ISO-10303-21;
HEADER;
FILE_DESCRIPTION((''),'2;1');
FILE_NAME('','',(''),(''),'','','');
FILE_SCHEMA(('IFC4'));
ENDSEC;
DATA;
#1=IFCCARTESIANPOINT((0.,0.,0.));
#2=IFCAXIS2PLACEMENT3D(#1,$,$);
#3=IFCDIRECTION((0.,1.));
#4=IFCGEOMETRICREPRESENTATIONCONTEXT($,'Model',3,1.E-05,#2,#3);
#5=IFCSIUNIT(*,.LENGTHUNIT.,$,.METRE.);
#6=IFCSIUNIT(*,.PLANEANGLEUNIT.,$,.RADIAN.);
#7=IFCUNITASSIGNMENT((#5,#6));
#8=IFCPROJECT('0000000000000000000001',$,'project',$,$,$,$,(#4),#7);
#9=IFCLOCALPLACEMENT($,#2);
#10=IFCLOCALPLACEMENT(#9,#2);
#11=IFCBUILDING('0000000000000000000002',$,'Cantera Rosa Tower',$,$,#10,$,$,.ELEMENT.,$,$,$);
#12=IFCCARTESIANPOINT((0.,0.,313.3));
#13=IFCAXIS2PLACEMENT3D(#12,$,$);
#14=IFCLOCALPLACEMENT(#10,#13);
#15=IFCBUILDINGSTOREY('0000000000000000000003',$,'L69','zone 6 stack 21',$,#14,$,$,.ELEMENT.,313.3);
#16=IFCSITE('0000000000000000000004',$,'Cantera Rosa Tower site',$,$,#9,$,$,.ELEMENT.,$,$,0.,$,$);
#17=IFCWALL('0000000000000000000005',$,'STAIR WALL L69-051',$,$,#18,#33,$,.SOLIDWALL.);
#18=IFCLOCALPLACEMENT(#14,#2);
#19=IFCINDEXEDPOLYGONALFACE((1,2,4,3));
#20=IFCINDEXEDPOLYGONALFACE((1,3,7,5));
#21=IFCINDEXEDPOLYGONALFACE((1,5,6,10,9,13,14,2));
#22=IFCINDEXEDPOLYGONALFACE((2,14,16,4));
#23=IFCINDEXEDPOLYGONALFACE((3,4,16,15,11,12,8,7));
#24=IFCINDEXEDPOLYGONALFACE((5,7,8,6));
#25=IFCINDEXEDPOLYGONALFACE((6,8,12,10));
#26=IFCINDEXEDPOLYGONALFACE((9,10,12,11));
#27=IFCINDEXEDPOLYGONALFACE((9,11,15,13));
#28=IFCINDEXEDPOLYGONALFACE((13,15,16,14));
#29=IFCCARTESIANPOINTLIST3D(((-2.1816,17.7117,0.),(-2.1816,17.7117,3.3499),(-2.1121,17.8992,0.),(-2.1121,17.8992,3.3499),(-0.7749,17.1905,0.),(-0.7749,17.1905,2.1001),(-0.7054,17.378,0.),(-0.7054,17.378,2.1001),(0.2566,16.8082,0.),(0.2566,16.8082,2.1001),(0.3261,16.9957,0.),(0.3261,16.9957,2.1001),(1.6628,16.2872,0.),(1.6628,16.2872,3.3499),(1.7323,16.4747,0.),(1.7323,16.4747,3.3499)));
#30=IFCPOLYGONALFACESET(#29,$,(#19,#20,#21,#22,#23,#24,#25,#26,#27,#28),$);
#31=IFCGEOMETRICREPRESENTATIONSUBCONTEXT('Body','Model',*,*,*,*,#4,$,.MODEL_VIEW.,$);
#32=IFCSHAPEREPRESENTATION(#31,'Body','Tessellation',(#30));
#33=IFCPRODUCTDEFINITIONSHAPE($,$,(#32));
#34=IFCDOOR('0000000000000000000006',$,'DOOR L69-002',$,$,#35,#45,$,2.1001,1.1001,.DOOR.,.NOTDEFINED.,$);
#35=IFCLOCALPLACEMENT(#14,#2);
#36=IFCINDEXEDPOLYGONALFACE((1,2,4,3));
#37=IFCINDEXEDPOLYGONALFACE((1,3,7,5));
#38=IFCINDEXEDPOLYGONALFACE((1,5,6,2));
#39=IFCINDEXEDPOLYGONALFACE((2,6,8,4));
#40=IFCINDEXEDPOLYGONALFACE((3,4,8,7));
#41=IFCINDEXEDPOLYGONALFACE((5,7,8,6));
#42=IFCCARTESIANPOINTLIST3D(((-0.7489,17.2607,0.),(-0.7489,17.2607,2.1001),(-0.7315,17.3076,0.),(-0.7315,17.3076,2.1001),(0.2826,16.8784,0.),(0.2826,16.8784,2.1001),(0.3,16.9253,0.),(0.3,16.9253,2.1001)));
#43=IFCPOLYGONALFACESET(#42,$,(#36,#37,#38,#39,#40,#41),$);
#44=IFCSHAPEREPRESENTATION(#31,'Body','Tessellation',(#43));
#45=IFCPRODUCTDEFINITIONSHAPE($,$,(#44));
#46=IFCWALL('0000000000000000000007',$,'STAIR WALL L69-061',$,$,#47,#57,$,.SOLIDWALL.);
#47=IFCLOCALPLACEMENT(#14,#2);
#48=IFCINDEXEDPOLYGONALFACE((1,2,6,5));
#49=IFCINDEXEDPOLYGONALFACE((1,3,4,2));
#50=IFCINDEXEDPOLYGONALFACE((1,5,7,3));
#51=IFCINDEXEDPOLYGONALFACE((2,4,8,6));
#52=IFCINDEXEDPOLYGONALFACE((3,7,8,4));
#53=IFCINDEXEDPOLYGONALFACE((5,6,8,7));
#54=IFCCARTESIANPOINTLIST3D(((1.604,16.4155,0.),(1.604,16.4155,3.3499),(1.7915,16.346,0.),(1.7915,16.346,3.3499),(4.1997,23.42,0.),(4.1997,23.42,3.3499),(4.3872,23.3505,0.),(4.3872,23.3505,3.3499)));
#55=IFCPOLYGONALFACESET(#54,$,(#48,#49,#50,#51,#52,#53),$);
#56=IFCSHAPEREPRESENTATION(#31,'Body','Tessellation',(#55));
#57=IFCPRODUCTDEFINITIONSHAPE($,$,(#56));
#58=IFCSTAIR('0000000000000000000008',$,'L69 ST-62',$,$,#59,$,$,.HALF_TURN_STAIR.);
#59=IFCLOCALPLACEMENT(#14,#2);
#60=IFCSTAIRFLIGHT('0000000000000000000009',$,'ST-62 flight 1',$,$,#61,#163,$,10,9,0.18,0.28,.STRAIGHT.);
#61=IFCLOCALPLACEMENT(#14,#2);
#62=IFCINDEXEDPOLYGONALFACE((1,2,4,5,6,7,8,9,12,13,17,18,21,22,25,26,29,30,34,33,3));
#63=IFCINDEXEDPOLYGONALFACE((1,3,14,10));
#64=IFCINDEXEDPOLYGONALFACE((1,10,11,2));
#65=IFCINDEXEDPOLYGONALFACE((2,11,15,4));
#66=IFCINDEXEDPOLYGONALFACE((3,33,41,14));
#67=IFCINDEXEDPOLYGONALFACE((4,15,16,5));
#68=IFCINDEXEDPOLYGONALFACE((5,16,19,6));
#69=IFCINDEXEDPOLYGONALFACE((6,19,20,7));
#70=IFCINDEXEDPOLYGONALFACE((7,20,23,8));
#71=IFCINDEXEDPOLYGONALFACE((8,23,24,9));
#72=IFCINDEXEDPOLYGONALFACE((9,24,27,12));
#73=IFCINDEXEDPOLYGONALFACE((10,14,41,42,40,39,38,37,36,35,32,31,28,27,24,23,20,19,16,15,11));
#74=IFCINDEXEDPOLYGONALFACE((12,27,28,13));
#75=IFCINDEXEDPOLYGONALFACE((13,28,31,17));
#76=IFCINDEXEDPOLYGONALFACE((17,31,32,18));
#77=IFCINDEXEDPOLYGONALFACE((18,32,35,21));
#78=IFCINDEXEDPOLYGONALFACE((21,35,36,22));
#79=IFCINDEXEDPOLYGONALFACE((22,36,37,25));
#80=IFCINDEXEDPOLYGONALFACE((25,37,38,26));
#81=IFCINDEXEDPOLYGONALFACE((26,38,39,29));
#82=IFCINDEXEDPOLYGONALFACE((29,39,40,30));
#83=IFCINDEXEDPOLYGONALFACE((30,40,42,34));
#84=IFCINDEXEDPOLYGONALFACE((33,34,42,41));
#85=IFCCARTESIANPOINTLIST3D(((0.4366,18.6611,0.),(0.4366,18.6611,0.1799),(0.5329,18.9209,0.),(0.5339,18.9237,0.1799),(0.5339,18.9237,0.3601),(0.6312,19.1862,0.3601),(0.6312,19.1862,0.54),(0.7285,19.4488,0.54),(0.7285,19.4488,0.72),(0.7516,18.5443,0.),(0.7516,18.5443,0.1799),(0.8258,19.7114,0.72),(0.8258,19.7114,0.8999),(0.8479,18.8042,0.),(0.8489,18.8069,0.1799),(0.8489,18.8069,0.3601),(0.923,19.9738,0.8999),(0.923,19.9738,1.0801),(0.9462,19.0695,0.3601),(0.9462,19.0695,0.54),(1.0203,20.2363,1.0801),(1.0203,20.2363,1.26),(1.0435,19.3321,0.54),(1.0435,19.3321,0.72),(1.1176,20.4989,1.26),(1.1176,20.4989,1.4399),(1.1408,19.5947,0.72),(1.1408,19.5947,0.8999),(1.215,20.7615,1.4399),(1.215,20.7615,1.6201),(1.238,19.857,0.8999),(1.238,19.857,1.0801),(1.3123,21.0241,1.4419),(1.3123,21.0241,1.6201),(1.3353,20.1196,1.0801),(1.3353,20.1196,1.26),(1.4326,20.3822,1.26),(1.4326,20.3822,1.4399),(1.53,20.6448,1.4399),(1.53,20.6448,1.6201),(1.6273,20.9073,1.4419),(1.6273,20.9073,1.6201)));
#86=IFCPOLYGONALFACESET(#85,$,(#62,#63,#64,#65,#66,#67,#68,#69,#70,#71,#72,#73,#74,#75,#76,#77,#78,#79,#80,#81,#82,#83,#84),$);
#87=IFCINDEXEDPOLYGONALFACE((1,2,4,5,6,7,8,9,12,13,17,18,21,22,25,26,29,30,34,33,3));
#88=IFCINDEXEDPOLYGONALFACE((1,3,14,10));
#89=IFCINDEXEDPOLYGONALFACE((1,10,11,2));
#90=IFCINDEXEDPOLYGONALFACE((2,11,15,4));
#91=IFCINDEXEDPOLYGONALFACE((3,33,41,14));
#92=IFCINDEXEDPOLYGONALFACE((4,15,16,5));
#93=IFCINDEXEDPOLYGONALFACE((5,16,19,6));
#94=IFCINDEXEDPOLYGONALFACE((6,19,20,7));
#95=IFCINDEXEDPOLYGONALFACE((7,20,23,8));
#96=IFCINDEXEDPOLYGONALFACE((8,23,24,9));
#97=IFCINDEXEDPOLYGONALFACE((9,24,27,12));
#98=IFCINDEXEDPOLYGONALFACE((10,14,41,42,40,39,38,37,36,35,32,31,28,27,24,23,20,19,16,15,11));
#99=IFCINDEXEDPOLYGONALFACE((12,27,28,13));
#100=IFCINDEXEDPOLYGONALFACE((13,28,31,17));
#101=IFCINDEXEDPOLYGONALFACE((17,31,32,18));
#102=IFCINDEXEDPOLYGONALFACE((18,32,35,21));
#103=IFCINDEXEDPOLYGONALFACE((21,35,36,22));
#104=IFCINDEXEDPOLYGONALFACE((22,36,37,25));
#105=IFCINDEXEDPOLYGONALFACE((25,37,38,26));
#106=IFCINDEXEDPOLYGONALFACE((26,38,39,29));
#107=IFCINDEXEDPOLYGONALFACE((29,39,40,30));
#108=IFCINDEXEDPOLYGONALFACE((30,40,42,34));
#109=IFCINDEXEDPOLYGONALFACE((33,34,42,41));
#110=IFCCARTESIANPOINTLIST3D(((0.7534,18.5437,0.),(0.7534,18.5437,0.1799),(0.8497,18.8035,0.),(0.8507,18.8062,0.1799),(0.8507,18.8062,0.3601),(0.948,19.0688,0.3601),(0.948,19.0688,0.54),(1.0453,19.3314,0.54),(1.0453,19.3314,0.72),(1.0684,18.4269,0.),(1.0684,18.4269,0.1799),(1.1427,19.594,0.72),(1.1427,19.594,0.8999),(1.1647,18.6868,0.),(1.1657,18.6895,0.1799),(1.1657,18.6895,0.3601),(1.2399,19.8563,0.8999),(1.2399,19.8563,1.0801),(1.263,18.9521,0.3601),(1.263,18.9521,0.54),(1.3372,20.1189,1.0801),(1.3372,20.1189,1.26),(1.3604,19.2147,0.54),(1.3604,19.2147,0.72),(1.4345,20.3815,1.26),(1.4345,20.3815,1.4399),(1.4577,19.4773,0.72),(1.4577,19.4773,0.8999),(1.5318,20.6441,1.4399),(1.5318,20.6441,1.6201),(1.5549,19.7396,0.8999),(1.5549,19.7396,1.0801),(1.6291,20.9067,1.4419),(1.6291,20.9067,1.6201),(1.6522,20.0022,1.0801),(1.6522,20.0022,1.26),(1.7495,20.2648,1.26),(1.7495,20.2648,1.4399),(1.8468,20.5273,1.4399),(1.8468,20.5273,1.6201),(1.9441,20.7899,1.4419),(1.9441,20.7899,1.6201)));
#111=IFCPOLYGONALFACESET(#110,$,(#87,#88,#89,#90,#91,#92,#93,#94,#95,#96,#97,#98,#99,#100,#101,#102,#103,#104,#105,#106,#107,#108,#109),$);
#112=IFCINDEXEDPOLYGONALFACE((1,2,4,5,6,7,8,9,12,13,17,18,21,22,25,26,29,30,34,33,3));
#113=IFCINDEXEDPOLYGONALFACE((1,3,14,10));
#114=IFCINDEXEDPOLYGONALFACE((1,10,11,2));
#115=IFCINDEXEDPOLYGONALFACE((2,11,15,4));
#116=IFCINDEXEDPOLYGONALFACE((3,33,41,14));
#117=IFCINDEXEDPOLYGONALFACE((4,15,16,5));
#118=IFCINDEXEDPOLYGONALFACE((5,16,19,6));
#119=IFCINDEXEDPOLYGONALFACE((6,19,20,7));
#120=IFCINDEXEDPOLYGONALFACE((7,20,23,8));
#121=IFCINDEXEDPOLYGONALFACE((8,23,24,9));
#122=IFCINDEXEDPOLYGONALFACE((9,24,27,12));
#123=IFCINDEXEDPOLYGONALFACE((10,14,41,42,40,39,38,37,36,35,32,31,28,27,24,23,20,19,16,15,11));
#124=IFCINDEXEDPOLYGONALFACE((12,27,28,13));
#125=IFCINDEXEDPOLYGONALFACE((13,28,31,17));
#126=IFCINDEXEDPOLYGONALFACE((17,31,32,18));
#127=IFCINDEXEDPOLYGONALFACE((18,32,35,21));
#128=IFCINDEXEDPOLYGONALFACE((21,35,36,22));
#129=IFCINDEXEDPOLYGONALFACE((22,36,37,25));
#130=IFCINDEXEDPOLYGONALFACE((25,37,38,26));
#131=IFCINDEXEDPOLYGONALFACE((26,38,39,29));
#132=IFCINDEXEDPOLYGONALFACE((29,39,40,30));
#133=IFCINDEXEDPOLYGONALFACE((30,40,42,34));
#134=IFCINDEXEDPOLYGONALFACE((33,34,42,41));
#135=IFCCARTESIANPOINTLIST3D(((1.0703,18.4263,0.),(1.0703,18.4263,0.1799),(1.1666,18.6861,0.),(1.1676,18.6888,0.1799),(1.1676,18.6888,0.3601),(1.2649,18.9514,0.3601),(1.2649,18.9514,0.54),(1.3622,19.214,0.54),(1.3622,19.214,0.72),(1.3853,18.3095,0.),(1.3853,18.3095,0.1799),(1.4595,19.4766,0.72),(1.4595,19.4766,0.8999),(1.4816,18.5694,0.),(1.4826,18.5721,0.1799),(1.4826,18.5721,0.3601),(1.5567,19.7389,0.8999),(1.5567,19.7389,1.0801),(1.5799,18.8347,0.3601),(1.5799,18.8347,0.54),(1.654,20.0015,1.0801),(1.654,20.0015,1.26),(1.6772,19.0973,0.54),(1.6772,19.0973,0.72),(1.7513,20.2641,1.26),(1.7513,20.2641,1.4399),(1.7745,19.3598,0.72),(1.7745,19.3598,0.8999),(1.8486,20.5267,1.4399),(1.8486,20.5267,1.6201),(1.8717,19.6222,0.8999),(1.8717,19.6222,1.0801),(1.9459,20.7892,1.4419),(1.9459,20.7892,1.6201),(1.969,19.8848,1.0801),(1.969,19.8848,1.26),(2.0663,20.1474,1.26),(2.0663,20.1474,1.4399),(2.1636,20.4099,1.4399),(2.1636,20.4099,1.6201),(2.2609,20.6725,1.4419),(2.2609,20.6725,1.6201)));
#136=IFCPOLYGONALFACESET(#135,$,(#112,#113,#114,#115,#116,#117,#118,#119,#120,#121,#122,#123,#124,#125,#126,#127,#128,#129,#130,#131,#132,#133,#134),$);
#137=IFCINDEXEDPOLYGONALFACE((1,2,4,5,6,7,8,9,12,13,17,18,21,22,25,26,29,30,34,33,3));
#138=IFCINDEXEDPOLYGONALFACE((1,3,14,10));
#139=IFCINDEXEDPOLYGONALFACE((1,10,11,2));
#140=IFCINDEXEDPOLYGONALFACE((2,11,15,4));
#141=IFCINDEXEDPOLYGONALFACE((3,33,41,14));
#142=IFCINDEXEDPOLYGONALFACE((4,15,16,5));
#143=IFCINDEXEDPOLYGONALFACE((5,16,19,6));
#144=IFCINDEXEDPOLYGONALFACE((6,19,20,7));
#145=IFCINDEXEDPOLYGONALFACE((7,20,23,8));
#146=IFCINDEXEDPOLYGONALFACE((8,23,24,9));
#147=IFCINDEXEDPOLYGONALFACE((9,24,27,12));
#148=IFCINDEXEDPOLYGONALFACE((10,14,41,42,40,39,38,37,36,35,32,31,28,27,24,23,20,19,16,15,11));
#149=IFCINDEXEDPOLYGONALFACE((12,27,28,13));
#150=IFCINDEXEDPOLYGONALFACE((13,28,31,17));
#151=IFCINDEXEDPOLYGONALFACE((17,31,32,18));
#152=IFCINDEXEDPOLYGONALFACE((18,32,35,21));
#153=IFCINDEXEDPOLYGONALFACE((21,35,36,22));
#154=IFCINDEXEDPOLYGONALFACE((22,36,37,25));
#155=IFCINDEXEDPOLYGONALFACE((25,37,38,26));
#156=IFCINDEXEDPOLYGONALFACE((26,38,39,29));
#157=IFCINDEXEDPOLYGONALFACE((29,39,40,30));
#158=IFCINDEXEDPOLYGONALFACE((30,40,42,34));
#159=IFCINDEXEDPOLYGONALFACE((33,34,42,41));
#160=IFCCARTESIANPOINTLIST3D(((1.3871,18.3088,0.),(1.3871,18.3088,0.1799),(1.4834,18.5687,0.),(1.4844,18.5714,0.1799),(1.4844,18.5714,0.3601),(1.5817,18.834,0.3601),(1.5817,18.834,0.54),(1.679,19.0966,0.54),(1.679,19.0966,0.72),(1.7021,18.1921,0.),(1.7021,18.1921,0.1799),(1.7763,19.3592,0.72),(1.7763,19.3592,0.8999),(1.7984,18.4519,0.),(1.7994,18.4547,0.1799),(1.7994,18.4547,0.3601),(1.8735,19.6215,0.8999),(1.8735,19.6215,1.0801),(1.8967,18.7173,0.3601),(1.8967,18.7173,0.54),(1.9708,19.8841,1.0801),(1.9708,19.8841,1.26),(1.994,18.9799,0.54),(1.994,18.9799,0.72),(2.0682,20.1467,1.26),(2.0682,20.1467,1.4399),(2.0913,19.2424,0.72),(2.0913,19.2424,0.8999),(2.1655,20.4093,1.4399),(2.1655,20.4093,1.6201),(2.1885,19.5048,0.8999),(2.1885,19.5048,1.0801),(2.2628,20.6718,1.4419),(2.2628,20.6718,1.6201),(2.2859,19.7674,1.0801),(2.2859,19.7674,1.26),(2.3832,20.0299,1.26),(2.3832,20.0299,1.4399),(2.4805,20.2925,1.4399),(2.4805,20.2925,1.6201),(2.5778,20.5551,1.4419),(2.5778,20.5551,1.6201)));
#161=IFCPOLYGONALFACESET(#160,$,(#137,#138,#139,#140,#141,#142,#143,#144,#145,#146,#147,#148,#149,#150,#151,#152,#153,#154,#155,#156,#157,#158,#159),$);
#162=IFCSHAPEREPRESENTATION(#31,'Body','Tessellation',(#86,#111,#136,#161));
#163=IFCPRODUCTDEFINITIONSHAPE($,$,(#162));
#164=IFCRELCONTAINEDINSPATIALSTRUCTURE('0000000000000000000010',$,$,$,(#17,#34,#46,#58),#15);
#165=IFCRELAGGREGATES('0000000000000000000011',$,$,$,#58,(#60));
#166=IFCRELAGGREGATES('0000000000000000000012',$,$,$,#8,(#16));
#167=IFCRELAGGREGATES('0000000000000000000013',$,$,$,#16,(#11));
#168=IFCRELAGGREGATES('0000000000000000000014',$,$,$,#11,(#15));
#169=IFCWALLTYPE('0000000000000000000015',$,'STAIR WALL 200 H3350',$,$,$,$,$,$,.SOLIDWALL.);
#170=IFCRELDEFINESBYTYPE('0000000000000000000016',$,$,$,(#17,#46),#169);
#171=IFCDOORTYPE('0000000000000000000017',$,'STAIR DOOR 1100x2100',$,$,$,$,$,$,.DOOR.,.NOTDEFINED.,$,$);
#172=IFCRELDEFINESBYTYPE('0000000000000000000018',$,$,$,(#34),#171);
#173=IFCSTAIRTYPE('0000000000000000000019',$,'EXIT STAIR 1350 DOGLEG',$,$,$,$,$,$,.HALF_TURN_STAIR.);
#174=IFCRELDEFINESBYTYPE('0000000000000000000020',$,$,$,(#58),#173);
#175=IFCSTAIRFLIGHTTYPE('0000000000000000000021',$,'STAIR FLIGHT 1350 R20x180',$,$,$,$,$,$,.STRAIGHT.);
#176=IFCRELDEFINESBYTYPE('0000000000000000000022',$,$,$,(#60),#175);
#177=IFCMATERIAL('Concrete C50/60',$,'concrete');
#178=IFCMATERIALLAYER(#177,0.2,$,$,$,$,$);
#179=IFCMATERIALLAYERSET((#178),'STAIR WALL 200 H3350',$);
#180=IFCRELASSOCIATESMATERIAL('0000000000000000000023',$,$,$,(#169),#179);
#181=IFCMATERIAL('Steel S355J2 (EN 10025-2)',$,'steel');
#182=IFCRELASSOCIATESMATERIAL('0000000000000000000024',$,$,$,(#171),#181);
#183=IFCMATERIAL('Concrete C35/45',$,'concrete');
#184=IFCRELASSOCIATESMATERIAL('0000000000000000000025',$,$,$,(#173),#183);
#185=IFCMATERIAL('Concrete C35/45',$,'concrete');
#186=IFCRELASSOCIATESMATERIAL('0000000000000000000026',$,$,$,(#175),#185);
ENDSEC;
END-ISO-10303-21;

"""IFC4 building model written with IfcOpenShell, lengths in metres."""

from ifc_helpers import new_model, si_unit, direction, frame, frame_2d, origin, place, context, subcontext, project, spatial, polyline, rectangle, outline, extrude, material, layer, layer_set, type_object, element, fill, aggregate, save


model = new_model("IFC4")

# Units and contexts
model_context = context("Model", 3, precision=1e-05, world=origin(), true_north=direction((0.0, 1.0)))
body_context = subcontext(model_context, "Body", "Model", "MODEL_VIEW")
ifc_project = project(units=[si_unit("LENGTHUNIT", "METRE"), si_unit("PLANEANGLEUNIT", "RADIAN")], contexts=[model_context])

# Site, building, storey
site_placement = place(None, origin())
site = spatial("IfcSite", under=ifc_project, at=site_placement, Name="Cantera Rosa Tower site", CompositionType="ELEMENT", RefElevation=0.0)
building_placement = place(site_placement, origin())
building = spatial("IfcBuilding", under=site, at=building_placement, Name="Cantera Rosa Tower", CompositionType="ELEMENT")
storey_placement = place(building_placement, frame((0.0, 0.0, 313.3)))
storey = spatial("IfcBuildingStorey", under=building, at=storey_placement, Name="L69", Description="zone 6 stack 21", CompositionType="ELEMENT", Elevation=313.3)

# Wall, opening, door
ifc_material_1 = material(Name="Concrete C50/60", Category="concrete")
ifc_layer_1 = layer(ifc_material_1, 0.2)
ifc_layer_set_1 = layer_set([ifc_layer_1], Name="STAIR WALL 200 H3350")
wall_type_1 = type_object("IfcWallType", Name="STAIR WALL 200 H3350", PredefinedType="SOLIDWALL", material=ifc_layer_set_1)
wall_1_placement = place(storey_placement, frame((-2.1467, 17.8054, 0.0), z_axis=(0.0, 0.0, 1.0), x_axis=(0.937695, -0.34746, 0.0)))
wall_1 = element("IfcWall", 1, at=wall_1_placement, inside=storey, type_object=wall_type_1, Name="STAIR WALL L69-051", PredefinedType="SOLIDWALL", context=body_context, shape_type="SweptSolid", body=[
    extrude(rectangle(XDim=4.0999, YDim=0.2, at=frame_2d((2.0498, 0.0))), origin(), (0.0, 0.0, 1.0), 3.3499),
])
opening_1_placement = place(wall_1_placement, frame((1.5, 0.0, 0.0)))
opening_1 = element("IfcOpeningElement", 2, at=opening_1_placement, cuts=wall_1, PredefinedType="OPENING", context=body_context, shape_type="SweptSolid", body=[
    extrude(rectangle(XDim=1.1001, YDim=2.1001, at=frame_2d((0.55, 1.05))), frame((0.0, 0.1099, 0.0), z_axis=(0.0, -1.0, 0.0), x_axis=(1.0, 0.0, 0.0)), (0.0, 0.0, 1.0), 0.22),
])
ifc_material_2 = material(Name="Steel S355J2 (EN 10025-2)", Category="steel")
door_type_1 = type_object("IfcDoorType", Name="STAIR DOOR 1100x2100", OperationType="NOTDEFINED", PredefinedType="DOOR", material=ifc_material_2)
door_1_placement = place(opening_1_placement, origin())
door_1 = element("IfcDoor", 3, at=door_1_placement, inside=storey, type_object=door_type_1, Name="DOOR L69-002", OperationType="NOTDEFINED", OverallHeight=2.1001, OverallWidth=1.1001, PredefinedType="DOOR", context=body_context, shape_type="SweptSolid", body=[
    extrude(rectangle(XDim=1.1001, YDim=2.1001, at=frame_2d((0.55, 1.05))), frame((0.0, 0.0249, 0.0), z_axis=(0.0, -1.0, 0.0), x_axis=(1.0, 0.0, 0.0)), (0.0, 0.0, 1.0), 0.05),
])
fill(opening_1, door_1)

# Wall
wall_2_placement = place(storey_placement, frame((1.6978, 16.3809, 0.0), z_axis=(0.0, 0.0, 1.0), x_axis=(0.347489, 0.937684, 0.0)))
element("IfcWall", 4, at=wall_2_placement, inside=storey, type_object=wall_type_1, Name="STAIR WALL L69-061", PredefinedType="SOLIDWALL", context=body_context, shape_type="SweptSolid", body=[
    extrude(rectangle(XDim=7.47, YDim=0.2, at=frame_2d((3.7349, 0.0))), origin(), (0.0, 0.0, 1.0), 3.3499),
])

# Stair, stair flight
ifc_material_3 = material(Name="Concrete C35/45", Category="concrete")
stair_type = type_object("IfcStairType", Name="EXIT STAIR 1350 DOGLEG", PredefinedType="HALF_TURN_STAIR", material=ifc_material_3)
stair_placement = place(storey_placement, origin())
stair = element("IfcStair", 5, at=stair_placement, inside=storey, type_object=stair_type, Name="L69 ST-62", PredefinedType="HALF_TURN_STAIR")
ifc_material_4 = material(Name="Concrete C35/45", Category="concrete")
stair_flight_type = type_object("IfcStairFlightType", Name="STAIR FLIGHT 1350 R20x180", PredefinedType="STRAIGHT", material=ifc_material_4)
stair_flight_placement = place(storey_placement, frame((1.0696, 18.4265, 0.0), z_axis=(0.0, 0.0, 1.0), x_axis=(0.347481, 0.937687, 0.0)))
stair_flight = element("IfcStairFlight", 6, at=stair_flight_placement, type_object=stair_flight_type, Name="ST-62 flight 1", NumberOfRisers=10, NumberOfTreads=9, PredefinedType="STRAIGHT", RiserHeight=0.18, TreadLength=0.28, context=body_context, shape_type="SweptSolid", body=[
    extrude(outline(polyline([(0.0, 0.0), (0.0, 0.1799), (0.28, 0.1799), (0.28, 0.3601), (0.5601, 0.3601), (0.5601, 0.54), (0.8401, 0.54), (0.8401, 0.72), (1.1201, 0.72), (1.1201, 0.8999), (1.3999, 0.8999), (1.3999, 1.0801), (1.6799, 1.0801), (1.6799, 1.26), (1.96, 1.26), (1.96, 1.4399), (2.24, 1.4399), (2.24, 1.6201), (2.52, 1.6201), (2.52, 1.8), (2.52, 1.4419), (0.2771, 0.0), (0.0, 0.0)])), frame((0.0, 0.675, 0.0), z_axis=(0.0, -1.0, 0.0), x_axis=(1.0, 0.0, 0.0)), (0.0, 0.0, 1.0), 0.3359),
    extrude(outline(polyline([(0.0, 0.0), (0.0, 0.1799), (0.28, 0.1799), (0.28, 0.3601), (0.5601, 0.3601), (0.5601, 0.54), (0.8401, 0.54), (0.8401, 0.72), (1.1201, 0.72), (1.1201, 0.8999), (1.3999, 0.8999), (1.3999, 1.0801), (1.6799, 1.0801), (1.6799, 1.26), (1.96, 1.26), (1.96, 1.4399), (2.24, 1.4399), (2.24, 1.6201), (2.52, 1.6201), (2.52, 1.8), (2.52, 1.4419), (0.2771, 0.0), (0.0, 0.0)])), frame((0.0, 0.3372, 0.0), z_axis=(0.0, -1.0, 0.0), x_axis=(1.0, 0.0, 0.0)), (0.0, 0.0, 1.0), 0.3359),
    extrude(outline(polyline([(0.0, 0.0), (0.0, 0.1799), (0.28, 0.1799), (0.28, 0.3601), (0.5601, 0.3601), (0.5601, 0.54), (0.8401, 0.54), (0.8401, 0.72), (1.1201, 0.72), (1.1201, 0.8999), (1.3999, 0.8999), (1.3999, 1.0801), (1.6799, 1.0801), (1.6799, 1.26), (1.96, 1.26), (1.96, 1.4399), (2.24, 1.4399), (2.24, 1.6201), (2.52, 1.6201), (2.52, 1.8), (2.52, 1.4419), (0.2771, 0.0), (0.0, 0.0)])), frame((0.0, -0.0007, 0.0), z_axis=(0.0, -1.0, 0.0), x_axis=(1.0, 0.0, 0.0)), (0.0, 0.0, 1.0), 0.3359),
    extrude(outline(polyline([(0.0, 0.0), (0.0, 0.1799), (0.28, 0.1799), (0.28, 0.3601), (0.5601, 0.3601), (0.5601, 0.54), (0.8401, 0.54), (0.8401, 0.72), (1.1201, 0.72), (1.1201, 0.8999), (1.3999, 0.8999), (1.3999, 1.0801), (1.6799, 1.0801), (1.6799, 1.26), (1.96, 1.26), (1.96, 1.4399), (2.24, 1.4399), (2.24, 1.6201), (2.52, 1.6201), (2.52, 1.8), (2.52, 1.4419), (0.2771, 0.0), (0.0, 0.0)])), frame((0.0, -0.3386, 0.0), z_axis=(0.0, -1.0, 0.0), x_axis=(1.0, 0.0, 0.0)), (0.0, 0.0, 1.0), 0.3359),
])
aggregate(stair, [stair_flight])

save(model, "model.ifc")
